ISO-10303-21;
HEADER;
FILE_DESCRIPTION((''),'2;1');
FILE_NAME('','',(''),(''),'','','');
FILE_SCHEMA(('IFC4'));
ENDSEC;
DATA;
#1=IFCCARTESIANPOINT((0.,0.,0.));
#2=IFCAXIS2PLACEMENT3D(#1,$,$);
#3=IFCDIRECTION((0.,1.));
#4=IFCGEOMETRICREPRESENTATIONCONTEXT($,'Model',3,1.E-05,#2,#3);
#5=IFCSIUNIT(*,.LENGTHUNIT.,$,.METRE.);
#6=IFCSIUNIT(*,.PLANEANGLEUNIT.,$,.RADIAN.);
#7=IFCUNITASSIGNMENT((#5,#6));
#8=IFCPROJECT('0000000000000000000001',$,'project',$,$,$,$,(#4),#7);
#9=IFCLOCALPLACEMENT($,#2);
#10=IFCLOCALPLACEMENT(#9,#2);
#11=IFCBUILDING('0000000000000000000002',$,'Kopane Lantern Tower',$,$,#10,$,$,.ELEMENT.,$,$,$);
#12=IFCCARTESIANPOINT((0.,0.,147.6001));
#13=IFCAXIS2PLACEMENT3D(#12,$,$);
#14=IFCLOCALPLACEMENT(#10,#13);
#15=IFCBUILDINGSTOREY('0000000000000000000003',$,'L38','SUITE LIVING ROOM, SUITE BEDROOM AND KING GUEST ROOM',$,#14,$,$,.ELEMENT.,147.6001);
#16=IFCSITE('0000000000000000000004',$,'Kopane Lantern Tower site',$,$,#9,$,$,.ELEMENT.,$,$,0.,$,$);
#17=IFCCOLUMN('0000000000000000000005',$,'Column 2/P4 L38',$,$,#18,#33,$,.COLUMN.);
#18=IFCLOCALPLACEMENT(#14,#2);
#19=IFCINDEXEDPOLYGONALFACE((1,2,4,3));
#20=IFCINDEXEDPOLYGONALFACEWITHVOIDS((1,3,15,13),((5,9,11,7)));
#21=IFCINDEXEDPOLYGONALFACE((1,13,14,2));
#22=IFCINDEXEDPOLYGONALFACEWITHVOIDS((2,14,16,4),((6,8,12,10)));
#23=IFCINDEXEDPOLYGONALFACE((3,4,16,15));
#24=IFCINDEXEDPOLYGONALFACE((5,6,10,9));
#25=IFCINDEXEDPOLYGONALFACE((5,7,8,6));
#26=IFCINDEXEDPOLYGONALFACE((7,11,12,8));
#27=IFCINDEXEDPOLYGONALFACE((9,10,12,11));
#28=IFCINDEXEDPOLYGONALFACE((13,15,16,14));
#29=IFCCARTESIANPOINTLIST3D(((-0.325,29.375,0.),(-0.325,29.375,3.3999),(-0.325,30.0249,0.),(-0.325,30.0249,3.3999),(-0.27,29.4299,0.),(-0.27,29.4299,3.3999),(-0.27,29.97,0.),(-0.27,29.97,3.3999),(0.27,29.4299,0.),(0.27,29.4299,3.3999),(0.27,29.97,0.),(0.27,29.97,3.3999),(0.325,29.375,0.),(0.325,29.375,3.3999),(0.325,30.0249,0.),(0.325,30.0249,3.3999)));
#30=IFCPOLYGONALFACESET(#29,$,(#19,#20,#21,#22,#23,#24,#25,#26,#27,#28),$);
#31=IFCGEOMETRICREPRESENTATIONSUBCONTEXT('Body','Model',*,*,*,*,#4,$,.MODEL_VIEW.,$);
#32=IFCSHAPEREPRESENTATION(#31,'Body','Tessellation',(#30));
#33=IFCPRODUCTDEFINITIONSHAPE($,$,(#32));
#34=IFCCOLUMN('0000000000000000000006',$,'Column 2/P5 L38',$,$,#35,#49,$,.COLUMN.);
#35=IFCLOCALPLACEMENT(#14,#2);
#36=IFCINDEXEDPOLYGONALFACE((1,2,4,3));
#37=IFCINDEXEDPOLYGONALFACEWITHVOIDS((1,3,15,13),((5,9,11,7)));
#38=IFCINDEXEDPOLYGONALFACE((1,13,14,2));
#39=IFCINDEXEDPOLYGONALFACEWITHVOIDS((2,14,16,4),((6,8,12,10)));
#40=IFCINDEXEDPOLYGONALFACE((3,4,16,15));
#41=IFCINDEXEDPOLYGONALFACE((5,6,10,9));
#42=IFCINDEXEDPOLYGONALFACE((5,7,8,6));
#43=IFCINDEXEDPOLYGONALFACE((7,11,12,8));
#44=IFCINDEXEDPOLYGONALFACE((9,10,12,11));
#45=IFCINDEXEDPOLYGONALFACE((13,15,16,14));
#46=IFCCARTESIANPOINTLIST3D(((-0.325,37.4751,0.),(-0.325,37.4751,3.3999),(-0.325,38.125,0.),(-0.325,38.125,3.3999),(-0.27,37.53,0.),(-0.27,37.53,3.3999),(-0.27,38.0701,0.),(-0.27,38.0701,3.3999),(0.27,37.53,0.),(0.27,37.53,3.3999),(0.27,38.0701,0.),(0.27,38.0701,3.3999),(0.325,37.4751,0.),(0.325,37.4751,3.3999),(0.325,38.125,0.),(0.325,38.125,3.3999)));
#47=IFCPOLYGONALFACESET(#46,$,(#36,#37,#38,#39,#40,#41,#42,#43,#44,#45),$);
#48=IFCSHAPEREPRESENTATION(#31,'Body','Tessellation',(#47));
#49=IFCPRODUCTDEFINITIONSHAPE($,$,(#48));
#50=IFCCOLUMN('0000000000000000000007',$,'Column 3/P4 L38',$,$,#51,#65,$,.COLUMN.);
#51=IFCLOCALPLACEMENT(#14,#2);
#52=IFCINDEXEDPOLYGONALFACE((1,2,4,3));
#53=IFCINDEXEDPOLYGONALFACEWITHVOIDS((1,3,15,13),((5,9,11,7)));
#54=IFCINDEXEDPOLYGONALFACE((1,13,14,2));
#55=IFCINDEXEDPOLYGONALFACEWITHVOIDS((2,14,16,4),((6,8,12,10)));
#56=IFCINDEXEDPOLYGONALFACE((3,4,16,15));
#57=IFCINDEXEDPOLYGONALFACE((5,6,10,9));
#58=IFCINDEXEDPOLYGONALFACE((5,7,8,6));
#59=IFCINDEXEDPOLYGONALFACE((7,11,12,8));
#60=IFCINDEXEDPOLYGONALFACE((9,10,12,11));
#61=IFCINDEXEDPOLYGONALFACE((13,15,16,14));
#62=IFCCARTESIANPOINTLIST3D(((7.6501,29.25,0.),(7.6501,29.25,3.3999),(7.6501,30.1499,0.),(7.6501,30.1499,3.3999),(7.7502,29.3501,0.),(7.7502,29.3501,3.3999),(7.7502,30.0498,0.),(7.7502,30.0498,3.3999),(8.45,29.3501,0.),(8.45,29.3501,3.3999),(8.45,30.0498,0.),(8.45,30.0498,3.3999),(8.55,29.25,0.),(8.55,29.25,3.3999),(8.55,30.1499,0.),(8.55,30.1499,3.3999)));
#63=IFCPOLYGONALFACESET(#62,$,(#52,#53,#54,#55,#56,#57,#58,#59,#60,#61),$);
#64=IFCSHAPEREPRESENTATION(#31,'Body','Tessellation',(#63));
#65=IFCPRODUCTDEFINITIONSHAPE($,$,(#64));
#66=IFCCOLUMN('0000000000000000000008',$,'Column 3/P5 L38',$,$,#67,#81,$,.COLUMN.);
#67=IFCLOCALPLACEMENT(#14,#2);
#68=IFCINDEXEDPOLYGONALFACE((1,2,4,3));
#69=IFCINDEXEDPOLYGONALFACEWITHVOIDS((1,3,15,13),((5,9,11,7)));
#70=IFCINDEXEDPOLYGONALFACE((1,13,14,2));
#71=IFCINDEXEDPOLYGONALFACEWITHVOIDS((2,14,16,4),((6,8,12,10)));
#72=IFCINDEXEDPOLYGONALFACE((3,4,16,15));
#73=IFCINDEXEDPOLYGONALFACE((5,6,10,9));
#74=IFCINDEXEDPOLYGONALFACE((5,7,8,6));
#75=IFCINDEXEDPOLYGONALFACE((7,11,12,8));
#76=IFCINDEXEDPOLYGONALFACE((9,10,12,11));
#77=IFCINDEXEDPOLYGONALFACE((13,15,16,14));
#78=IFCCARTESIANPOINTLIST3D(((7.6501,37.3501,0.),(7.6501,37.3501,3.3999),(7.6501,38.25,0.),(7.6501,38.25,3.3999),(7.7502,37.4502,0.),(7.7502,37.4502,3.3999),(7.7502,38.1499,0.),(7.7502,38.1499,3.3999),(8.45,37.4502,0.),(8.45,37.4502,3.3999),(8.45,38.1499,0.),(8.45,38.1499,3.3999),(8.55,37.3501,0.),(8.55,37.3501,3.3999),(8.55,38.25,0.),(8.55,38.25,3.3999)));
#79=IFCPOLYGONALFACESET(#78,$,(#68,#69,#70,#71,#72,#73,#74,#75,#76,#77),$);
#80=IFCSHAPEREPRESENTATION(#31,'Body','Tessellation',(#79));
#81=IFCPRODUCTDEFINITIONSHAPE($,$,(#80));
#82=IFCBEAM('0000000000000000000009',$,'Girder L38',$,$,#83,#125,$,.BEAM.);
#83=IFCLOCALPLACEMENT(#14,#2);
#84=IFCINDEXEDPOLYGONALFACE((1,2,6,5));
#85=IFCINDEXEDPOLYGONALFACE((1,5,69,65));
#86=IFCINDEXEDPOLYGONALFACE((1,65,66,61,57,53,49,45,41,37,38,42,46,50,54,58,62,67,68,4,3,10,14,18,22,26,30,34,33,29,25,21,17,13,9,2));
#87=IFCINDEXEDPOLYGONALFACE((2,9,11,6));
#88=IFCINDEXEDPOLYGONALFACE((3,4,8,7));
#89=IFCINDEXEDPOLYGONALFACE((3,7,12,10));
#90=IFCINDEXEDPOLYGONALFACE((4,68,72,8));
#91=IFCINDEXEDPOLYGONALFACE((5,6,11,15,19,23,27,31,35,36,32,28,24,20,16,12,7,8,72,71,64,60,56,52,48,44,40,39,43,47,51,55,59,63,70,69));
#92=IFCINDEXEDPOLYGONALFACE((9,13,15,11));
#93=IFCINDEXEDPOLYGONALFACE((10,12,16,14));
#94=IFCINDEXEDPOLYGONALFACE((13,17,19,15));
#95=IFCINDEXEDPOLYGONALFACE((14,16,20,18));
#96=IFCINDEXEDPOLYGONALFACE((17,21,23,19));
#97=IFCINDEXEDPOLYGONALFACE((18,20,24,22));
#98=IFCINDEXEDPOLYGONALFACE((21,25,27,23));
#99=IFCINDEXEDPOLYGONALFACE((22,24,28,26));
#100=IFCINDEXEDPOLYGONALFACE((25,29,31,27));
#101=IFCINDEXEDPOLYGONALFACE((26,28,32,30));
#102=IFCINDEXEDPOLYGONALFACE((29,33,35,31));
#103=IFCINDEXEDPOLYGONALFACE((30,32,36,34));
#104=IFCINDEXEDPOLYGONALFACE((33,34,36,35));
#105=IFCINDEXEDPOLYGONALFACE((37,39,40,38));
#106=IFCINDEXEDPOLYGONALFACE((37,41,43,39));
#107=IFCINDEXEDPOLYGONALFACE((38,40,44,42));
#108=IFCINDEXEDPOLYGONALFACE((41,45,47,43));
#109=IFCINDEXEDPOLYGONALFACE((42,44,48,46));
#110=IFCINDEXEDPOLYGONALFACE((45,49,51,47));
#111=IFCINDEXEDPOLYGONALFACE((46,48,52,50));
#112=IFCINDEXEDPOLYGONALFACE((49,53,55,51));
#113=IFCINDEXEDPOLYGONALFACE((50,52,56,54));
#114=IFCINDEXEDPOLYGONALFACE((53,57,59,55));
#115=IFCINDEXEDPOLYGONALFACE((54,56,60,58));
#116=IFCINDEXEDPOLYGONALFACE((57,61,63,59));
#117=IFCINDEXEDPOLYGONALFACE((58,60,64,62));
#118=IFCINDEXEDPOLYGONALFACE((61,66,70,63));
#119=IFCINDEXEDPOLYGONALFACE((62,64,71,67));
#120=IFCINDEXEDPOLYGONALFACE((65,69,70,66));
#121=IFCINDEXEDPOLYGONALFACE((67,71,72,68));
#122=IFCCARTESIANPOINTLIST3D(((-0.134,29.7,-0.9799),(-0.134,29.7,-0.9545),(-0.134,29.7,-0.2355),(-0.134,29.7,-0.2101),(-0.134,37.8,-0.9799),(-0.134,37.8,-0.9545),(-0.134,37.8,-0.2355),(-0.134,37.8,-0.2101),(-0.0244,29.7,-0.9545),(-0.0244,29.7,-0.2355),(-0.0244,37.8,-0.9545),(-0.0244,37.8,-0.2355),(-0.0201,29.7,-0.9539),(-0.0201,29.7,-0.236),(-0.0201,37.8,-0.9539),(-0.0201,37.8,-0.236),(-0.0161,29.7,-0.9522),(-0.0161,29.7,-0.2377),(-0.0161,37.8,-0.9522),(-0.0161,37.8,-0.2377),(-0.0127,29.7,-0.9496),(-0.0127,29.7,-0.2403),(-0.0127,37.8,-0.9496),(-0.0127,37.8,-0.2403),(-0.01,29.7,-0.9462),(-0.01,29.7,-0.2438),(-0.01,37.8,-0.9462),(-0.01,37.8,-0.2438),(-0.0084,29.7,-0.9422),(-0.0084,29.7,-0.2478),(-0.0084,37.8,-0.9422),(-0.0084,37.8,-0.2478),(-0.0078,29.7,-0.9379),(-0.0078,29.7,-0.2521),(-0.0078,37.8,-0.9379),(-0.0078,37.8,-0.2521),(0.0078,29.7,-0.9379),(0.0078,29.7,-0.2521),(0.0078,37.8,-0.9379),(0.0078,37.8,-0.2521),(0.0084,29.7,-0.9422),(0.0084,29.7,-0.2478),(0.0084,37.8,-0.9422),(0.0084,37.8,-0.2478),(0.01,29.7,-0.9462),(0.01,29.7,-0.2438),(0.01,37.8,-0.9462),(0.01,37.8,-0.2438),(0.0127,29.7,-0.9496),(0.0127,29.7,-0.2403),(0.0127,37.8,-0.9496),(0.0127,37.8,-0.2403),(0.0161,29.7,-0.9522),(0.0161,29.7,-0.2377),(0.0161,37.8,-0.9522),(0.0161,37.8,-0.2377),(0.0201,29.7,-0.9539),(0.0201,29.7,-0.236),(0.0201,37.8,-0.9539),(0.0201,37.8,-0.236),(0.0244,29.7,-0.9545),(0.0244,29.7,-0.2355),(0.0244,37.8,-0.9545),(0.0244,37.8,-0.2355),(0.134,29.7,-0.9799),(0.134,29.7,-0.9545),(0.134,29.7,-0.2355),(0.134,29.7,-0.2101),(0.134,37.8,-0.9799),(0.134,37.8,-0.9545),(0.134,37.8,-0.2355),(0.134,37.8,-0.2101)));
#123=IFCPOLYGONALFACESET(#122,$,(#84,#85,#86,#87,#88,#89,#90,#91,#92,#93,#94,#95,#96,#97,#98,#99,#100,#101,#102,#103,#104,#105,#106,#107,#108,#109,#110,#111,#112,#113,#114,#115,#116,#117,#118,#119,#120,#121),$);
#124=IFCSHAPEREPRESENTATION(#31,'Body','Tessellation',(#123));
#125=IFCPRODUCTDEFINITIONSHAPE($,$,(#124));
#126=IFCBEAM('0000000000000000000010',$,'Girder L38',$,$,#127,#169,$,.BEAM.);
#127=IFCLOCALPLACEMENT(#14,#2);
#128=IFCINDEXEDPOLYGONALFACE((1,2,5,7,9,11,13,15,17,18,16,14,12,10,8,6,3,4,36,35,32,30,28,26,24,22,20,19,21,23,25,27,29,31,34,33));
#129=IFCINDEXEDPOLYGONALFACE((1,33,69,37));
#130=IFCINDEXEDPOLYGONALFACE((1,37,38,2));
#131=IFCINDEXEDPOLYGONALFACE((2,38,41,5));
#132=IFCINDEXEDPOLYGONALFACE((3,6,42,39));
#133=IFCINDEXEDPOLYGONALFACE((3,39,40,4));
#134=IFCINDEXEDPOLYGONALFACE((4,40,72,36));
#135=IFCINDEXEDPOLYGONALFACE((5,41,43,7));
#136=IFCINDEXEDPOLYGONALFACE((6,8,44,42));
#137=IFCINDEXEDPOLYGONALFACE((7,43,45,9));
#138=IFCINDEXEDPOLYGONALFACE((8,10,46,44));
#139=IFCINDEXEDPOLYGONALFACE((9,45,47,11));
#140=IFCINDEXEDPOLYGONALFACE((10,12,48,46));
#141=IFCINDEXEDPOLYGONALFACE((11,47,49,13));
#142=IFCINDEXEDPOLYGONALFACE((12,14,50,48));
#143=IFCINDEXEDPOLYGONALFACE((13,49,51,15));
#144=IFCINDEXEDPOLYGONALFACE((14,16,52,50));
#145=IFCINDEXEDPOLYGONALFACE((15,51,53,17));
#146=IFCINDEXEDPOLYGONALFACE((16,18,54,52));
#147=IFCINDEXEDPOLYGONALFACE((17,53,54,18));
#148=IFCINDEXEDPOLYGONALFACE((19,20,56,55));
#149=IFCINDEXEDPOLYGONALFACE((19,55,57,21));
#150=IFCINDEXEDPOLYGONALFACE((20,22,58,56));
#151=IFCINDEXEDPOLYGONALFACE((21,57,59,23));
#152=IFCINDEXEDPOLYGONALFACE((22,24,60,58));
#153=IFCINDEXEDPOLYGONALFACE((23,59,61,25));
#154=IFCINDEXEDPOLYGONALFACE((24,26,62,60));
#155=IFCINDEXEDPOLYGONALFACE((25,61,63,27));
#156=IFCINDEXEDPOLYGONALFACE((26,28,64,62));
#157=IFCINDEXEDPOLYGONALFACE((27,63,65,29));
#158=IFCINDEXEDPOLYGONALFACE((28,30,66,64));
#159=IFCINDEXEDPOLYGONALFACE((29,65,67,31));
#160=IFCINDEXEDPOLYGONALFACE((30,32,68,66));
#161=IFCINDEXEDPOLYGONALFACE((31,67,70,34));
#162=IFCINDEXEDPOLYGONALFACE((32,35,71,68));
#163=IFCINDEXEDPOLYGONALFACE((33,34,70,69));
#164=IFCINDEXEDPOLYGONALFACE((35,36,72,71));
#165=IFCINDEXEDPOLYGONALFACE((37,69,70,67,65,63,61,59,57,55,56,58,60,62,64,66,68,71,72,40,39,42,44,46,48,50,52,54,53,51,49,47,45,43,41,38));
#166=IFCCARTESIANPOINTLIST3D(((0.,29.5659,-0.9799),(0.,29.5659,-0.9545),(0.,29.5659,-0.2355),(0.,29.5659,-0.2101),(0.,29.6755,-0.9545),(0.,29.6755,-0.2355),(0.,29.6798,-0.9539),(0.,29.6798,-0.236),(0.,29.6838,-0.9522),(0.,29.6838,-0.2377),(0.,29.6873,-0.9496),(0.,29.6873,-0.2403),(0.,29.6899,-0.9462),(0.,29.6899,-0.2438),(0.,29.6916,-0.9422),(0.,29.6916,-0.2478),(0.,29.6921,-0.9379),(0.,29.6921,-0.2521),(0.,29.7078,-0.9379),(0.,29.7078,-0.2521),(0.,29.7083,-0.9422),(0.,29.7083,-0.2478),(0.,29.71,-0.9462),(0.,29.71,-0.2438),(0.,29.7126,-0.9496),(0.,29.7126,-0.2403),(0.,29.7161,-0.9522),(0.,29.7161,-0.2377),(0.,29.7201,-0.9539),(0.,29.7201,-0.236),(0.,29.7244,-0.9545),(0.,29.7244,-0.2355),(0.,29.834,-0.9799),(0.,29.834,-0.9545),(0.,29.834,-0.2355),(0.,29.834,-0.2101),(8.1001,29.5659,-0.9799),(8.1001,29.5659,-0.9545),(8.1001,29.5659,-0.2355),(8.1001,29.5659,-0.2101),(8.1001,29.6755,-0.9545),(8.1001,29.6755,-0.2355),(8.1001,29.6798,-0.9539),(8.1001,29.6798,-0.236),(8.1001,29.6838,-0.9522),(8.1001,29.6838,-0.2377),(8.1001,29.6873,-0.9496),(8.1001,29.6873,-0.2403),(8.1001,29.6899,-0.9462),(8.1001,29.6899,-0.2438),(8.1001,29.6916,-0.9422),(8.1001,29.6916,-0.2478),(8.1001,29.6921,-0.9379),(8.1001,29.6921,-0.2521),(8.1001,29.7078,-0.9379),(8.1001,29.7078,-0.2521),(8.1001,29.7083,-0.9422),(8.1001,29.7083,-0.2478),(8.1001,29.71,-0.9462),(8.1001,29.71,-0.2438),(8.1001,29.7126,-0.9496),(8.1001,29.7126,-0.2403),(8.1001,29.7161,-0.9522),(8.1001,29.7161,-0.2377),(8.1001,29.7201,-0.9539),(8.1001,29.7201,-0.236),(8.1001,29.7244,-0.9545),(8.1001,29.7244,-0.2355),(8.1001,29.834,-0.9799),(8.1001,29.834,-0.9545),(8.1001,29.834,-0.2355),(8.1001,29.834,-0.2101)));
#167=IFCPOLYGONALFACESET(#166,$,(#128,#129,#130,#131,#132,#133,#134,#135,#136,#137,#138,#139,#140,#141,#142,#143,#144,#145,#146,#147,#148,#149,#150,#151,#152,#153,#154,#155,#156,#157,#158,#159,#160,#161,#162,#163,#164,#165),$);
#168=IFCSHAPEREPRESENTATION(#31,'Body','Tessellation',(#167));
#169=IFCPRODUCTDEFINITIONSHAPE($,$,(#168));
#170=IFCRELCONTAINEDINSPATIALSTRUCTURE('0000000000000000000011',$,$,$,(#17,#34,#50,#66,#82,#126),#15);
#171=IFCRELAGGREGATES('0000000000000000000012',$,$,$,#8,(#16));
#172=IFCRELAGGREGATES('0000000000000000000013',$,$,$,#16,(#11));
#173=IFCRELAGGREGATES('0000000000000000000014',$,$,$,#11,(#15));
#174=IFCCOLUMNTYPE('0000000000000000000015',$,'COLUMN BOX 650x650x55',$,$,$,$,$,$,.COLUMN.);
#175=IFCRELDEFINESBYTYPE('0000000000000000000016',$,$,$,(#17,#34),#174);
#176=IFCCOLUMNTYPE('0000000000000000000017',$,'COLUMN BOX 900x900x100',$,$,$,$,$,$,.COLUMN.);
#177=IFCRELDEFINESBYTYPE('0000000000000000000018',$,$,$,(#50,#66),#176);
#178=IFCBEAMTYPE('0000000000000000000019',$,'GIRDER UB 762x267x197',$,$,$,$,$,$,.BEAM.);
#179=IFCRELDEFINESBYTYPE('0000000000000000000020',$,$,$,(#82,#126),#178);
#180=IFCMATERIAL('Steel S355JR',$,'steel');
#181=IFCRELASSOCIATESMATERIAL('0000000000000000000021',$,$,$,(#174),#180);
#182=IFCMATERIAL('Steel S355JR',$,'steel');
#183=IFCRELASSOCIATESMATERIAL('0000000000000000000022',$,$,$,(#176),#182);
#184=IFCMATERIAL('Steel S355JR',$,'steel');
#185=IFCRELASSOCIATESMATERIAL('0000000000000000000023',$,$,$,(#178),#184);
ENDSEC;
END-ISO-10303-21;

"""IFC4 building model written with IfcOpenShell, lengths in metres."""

from ifc_helpers import new_model, si_unit, direction, frame, origin, origin_2d, place, context, subcontext, project, spatial, hollow_rectangle, i_section, extrude, material, material_profile, profile_set, type_object, element, save


model = new_model("IFC4")

# Units and contexts
model_context = context("Model", 3, precision=1e-05, world=origin(), true_north=direction((0.0, 1.0)))
body_context = subcontext(model_context, "Body", "Model", "MODEL_VIEW")
ifc_project = project(units=[si_unit("LENGTHUNIT", "METRE"), si_unit("PLANEANGLEUNIT", "RADIAN")], contexts=[model_context])

# Site, building, storey
site_placement = place(None, origin())
site = spatial("IfcSite", under=ifc_project, at=site_placement, Name="Kopane Lantern Tower site", CompositionType="ELEMENT", RefElevation=0.0)
building_placement = place(site_placement, origin())
building = spatial("IfcBuilding", under=site, at=building_placement, Name="Kopane Lantern Tower", CompositionType="ELEMENT")
storey_placement = place(building_placement, frame((0.0, 0.0, 147.6001)))
storey = spatial("IfcBuildingStorey", under=building, at=storey_placement, Name="L38", Description="SUITE LIVING ROOM, SUITE BEDROOM AND KING GUEST ROOM", CompositionType="ELEMENT", Elevation=147.6001)

# Columns
ifc_material_1 = material(Name="Steel S355JR", Category="steel")
ifc_material_profile_1 = material_profile(ifc_material_1, hollow_rectangle(XDim=0.6499, YDim=0.6499, WallThickness=0.0549, at=origin_2d()), Name="BOX 650x650x55")
ifc_profile_set_1 = profile_set([ifc_material_profile_1], Name="Steel S355JR")
column_type_1 = type_object("IfcColumnType", Name="COLUMN BOX 650x650x55", PredefinedType="COLUMN", material=ifc_profile_set_1)
for number, where, z_axis, x_axis, name in (
    (1, (0.0, 29.7, 0.0), (0.0, 0.0, 1.0), (1.0, 0.0, 0.0), "Column 2/P4 L38"),
    (2, (0.0, 37.8, 0.0), (0.0, 0.0, 1.0), (1.0, 0.0, 0.0), "Column 2/P5 L38"),
):
    element("IfcColumn", number, at=place(storey_placement, frame(where, z_axis=z_axis, x_axis=x_axis)), inside=storey, type_object=column_type_1, Name=name, PredefinedType="COLUMN", context=body_context, shape_type="SweptSolid", body=[
        extrude(hollow_rectangle(XDim=0.6499, YDim=0.6499, WallThickness=0.0549, at=origin_2d()), origin(), (0.0, 0.0, 1.0), 3.3999),
    ])
ifc_material_2 = material(Name="Steel S355JR", Category="steel")
ifc_material_profile_2 = material_profile(ifc_material_2, hollow_rectangle(XDim=0.8999, YDim=0.8999, WallThickness=0.1001, at=origin_2d()), Name="BOX 900x900x100")
ifc_profile_set_2 = profile_set([ifc_material_profile_2], Name="Steel S355JR")
column_type_2 = type_object("IfcColumnType", Name="COLUMN BOX 900x900x100", PredefinedType="COLUMN", material=ifc_profile_set_2)
for number, where, z_axis, x_axis, name in (
    (3, (8.1001, 29.7, 0.0), (0.0, 0.0, 1.0), (1.0, 0.0, 0.0), "Column 3/P4 L38"),
    (4, (8.1001, 37.8, 0.0), (0.0, 0.0, 1.0), (1.0, 0.0, 0.0), "Column 3/P5 L38"),
):
    element("IfcColumn", number, at=place(storey_placement, frame(where, z_axis=z_axis, x_axis=x_axis)), inside=storey, type_object=column_type_2, Name=name, PredefinedType="COLUMN", context=body_context, shape_type="SweptSolid", body=[
        extrude(hollow_rectangle(XDim=0.8999, YDim=0.8999, WallThickness=0.1001, at=origin_2d()), origin(), (0.0, 0.0, 1.0), 3.3999),
    ])

# Beams
ifc_material_3 = material(Name="Steel S355JR", Category="steel")
ifc_material_profile_3 = material_profile(ifc_material_3, i_section(OverallWidth=0.2681, OverallDepth=0.7698, WebThickness=0.0156, FlangeThickness=0.0254, FilletRadius=0.0166, at=origin_2d()), Name="UB 762x267x197")
ifc_profile_set_3 = profile_set([ifc_material_profile_3], Name="Steel S355JR")
beam_type = type_object("IfcBeamType", Name="GIRDER UB 762x267x197", PredefinedType="BEAM", material=ifc_profile_set_3)
for number, where, z_axis, x_axis, name in (
    (5, (0.0, 29.7, -0.595), (0.0, 1.0, 0.0), (-1.0, 0.0, 0.0), "Girder L38"),
    (6, (0.0, 29.7, -0.595), (1.0, 0.0, 0.0), (0.0, 1.0, 0.0), "Girder L38"),
):
    element("IfcBeam", number, at=place(storey_placement, frame(where, z_axis=z_axis, x_axis=x_axis)), inside=storey, type_object=beam_type, Name=name, PredefinedType="BEAM", context=body_context, shape_type="SweptSolid", body=[
        extrude(i_section(OverallWidth=0.2681, OverallDepth=0.7698, WebThickness=0.0156, FlangeThickness=0.0254, FilletRadius=0.0166, at=origin_2d()), origin(), (0.0, 0.0, 1.0), 8.1001),
    ])

save(model, "model.ifc")
